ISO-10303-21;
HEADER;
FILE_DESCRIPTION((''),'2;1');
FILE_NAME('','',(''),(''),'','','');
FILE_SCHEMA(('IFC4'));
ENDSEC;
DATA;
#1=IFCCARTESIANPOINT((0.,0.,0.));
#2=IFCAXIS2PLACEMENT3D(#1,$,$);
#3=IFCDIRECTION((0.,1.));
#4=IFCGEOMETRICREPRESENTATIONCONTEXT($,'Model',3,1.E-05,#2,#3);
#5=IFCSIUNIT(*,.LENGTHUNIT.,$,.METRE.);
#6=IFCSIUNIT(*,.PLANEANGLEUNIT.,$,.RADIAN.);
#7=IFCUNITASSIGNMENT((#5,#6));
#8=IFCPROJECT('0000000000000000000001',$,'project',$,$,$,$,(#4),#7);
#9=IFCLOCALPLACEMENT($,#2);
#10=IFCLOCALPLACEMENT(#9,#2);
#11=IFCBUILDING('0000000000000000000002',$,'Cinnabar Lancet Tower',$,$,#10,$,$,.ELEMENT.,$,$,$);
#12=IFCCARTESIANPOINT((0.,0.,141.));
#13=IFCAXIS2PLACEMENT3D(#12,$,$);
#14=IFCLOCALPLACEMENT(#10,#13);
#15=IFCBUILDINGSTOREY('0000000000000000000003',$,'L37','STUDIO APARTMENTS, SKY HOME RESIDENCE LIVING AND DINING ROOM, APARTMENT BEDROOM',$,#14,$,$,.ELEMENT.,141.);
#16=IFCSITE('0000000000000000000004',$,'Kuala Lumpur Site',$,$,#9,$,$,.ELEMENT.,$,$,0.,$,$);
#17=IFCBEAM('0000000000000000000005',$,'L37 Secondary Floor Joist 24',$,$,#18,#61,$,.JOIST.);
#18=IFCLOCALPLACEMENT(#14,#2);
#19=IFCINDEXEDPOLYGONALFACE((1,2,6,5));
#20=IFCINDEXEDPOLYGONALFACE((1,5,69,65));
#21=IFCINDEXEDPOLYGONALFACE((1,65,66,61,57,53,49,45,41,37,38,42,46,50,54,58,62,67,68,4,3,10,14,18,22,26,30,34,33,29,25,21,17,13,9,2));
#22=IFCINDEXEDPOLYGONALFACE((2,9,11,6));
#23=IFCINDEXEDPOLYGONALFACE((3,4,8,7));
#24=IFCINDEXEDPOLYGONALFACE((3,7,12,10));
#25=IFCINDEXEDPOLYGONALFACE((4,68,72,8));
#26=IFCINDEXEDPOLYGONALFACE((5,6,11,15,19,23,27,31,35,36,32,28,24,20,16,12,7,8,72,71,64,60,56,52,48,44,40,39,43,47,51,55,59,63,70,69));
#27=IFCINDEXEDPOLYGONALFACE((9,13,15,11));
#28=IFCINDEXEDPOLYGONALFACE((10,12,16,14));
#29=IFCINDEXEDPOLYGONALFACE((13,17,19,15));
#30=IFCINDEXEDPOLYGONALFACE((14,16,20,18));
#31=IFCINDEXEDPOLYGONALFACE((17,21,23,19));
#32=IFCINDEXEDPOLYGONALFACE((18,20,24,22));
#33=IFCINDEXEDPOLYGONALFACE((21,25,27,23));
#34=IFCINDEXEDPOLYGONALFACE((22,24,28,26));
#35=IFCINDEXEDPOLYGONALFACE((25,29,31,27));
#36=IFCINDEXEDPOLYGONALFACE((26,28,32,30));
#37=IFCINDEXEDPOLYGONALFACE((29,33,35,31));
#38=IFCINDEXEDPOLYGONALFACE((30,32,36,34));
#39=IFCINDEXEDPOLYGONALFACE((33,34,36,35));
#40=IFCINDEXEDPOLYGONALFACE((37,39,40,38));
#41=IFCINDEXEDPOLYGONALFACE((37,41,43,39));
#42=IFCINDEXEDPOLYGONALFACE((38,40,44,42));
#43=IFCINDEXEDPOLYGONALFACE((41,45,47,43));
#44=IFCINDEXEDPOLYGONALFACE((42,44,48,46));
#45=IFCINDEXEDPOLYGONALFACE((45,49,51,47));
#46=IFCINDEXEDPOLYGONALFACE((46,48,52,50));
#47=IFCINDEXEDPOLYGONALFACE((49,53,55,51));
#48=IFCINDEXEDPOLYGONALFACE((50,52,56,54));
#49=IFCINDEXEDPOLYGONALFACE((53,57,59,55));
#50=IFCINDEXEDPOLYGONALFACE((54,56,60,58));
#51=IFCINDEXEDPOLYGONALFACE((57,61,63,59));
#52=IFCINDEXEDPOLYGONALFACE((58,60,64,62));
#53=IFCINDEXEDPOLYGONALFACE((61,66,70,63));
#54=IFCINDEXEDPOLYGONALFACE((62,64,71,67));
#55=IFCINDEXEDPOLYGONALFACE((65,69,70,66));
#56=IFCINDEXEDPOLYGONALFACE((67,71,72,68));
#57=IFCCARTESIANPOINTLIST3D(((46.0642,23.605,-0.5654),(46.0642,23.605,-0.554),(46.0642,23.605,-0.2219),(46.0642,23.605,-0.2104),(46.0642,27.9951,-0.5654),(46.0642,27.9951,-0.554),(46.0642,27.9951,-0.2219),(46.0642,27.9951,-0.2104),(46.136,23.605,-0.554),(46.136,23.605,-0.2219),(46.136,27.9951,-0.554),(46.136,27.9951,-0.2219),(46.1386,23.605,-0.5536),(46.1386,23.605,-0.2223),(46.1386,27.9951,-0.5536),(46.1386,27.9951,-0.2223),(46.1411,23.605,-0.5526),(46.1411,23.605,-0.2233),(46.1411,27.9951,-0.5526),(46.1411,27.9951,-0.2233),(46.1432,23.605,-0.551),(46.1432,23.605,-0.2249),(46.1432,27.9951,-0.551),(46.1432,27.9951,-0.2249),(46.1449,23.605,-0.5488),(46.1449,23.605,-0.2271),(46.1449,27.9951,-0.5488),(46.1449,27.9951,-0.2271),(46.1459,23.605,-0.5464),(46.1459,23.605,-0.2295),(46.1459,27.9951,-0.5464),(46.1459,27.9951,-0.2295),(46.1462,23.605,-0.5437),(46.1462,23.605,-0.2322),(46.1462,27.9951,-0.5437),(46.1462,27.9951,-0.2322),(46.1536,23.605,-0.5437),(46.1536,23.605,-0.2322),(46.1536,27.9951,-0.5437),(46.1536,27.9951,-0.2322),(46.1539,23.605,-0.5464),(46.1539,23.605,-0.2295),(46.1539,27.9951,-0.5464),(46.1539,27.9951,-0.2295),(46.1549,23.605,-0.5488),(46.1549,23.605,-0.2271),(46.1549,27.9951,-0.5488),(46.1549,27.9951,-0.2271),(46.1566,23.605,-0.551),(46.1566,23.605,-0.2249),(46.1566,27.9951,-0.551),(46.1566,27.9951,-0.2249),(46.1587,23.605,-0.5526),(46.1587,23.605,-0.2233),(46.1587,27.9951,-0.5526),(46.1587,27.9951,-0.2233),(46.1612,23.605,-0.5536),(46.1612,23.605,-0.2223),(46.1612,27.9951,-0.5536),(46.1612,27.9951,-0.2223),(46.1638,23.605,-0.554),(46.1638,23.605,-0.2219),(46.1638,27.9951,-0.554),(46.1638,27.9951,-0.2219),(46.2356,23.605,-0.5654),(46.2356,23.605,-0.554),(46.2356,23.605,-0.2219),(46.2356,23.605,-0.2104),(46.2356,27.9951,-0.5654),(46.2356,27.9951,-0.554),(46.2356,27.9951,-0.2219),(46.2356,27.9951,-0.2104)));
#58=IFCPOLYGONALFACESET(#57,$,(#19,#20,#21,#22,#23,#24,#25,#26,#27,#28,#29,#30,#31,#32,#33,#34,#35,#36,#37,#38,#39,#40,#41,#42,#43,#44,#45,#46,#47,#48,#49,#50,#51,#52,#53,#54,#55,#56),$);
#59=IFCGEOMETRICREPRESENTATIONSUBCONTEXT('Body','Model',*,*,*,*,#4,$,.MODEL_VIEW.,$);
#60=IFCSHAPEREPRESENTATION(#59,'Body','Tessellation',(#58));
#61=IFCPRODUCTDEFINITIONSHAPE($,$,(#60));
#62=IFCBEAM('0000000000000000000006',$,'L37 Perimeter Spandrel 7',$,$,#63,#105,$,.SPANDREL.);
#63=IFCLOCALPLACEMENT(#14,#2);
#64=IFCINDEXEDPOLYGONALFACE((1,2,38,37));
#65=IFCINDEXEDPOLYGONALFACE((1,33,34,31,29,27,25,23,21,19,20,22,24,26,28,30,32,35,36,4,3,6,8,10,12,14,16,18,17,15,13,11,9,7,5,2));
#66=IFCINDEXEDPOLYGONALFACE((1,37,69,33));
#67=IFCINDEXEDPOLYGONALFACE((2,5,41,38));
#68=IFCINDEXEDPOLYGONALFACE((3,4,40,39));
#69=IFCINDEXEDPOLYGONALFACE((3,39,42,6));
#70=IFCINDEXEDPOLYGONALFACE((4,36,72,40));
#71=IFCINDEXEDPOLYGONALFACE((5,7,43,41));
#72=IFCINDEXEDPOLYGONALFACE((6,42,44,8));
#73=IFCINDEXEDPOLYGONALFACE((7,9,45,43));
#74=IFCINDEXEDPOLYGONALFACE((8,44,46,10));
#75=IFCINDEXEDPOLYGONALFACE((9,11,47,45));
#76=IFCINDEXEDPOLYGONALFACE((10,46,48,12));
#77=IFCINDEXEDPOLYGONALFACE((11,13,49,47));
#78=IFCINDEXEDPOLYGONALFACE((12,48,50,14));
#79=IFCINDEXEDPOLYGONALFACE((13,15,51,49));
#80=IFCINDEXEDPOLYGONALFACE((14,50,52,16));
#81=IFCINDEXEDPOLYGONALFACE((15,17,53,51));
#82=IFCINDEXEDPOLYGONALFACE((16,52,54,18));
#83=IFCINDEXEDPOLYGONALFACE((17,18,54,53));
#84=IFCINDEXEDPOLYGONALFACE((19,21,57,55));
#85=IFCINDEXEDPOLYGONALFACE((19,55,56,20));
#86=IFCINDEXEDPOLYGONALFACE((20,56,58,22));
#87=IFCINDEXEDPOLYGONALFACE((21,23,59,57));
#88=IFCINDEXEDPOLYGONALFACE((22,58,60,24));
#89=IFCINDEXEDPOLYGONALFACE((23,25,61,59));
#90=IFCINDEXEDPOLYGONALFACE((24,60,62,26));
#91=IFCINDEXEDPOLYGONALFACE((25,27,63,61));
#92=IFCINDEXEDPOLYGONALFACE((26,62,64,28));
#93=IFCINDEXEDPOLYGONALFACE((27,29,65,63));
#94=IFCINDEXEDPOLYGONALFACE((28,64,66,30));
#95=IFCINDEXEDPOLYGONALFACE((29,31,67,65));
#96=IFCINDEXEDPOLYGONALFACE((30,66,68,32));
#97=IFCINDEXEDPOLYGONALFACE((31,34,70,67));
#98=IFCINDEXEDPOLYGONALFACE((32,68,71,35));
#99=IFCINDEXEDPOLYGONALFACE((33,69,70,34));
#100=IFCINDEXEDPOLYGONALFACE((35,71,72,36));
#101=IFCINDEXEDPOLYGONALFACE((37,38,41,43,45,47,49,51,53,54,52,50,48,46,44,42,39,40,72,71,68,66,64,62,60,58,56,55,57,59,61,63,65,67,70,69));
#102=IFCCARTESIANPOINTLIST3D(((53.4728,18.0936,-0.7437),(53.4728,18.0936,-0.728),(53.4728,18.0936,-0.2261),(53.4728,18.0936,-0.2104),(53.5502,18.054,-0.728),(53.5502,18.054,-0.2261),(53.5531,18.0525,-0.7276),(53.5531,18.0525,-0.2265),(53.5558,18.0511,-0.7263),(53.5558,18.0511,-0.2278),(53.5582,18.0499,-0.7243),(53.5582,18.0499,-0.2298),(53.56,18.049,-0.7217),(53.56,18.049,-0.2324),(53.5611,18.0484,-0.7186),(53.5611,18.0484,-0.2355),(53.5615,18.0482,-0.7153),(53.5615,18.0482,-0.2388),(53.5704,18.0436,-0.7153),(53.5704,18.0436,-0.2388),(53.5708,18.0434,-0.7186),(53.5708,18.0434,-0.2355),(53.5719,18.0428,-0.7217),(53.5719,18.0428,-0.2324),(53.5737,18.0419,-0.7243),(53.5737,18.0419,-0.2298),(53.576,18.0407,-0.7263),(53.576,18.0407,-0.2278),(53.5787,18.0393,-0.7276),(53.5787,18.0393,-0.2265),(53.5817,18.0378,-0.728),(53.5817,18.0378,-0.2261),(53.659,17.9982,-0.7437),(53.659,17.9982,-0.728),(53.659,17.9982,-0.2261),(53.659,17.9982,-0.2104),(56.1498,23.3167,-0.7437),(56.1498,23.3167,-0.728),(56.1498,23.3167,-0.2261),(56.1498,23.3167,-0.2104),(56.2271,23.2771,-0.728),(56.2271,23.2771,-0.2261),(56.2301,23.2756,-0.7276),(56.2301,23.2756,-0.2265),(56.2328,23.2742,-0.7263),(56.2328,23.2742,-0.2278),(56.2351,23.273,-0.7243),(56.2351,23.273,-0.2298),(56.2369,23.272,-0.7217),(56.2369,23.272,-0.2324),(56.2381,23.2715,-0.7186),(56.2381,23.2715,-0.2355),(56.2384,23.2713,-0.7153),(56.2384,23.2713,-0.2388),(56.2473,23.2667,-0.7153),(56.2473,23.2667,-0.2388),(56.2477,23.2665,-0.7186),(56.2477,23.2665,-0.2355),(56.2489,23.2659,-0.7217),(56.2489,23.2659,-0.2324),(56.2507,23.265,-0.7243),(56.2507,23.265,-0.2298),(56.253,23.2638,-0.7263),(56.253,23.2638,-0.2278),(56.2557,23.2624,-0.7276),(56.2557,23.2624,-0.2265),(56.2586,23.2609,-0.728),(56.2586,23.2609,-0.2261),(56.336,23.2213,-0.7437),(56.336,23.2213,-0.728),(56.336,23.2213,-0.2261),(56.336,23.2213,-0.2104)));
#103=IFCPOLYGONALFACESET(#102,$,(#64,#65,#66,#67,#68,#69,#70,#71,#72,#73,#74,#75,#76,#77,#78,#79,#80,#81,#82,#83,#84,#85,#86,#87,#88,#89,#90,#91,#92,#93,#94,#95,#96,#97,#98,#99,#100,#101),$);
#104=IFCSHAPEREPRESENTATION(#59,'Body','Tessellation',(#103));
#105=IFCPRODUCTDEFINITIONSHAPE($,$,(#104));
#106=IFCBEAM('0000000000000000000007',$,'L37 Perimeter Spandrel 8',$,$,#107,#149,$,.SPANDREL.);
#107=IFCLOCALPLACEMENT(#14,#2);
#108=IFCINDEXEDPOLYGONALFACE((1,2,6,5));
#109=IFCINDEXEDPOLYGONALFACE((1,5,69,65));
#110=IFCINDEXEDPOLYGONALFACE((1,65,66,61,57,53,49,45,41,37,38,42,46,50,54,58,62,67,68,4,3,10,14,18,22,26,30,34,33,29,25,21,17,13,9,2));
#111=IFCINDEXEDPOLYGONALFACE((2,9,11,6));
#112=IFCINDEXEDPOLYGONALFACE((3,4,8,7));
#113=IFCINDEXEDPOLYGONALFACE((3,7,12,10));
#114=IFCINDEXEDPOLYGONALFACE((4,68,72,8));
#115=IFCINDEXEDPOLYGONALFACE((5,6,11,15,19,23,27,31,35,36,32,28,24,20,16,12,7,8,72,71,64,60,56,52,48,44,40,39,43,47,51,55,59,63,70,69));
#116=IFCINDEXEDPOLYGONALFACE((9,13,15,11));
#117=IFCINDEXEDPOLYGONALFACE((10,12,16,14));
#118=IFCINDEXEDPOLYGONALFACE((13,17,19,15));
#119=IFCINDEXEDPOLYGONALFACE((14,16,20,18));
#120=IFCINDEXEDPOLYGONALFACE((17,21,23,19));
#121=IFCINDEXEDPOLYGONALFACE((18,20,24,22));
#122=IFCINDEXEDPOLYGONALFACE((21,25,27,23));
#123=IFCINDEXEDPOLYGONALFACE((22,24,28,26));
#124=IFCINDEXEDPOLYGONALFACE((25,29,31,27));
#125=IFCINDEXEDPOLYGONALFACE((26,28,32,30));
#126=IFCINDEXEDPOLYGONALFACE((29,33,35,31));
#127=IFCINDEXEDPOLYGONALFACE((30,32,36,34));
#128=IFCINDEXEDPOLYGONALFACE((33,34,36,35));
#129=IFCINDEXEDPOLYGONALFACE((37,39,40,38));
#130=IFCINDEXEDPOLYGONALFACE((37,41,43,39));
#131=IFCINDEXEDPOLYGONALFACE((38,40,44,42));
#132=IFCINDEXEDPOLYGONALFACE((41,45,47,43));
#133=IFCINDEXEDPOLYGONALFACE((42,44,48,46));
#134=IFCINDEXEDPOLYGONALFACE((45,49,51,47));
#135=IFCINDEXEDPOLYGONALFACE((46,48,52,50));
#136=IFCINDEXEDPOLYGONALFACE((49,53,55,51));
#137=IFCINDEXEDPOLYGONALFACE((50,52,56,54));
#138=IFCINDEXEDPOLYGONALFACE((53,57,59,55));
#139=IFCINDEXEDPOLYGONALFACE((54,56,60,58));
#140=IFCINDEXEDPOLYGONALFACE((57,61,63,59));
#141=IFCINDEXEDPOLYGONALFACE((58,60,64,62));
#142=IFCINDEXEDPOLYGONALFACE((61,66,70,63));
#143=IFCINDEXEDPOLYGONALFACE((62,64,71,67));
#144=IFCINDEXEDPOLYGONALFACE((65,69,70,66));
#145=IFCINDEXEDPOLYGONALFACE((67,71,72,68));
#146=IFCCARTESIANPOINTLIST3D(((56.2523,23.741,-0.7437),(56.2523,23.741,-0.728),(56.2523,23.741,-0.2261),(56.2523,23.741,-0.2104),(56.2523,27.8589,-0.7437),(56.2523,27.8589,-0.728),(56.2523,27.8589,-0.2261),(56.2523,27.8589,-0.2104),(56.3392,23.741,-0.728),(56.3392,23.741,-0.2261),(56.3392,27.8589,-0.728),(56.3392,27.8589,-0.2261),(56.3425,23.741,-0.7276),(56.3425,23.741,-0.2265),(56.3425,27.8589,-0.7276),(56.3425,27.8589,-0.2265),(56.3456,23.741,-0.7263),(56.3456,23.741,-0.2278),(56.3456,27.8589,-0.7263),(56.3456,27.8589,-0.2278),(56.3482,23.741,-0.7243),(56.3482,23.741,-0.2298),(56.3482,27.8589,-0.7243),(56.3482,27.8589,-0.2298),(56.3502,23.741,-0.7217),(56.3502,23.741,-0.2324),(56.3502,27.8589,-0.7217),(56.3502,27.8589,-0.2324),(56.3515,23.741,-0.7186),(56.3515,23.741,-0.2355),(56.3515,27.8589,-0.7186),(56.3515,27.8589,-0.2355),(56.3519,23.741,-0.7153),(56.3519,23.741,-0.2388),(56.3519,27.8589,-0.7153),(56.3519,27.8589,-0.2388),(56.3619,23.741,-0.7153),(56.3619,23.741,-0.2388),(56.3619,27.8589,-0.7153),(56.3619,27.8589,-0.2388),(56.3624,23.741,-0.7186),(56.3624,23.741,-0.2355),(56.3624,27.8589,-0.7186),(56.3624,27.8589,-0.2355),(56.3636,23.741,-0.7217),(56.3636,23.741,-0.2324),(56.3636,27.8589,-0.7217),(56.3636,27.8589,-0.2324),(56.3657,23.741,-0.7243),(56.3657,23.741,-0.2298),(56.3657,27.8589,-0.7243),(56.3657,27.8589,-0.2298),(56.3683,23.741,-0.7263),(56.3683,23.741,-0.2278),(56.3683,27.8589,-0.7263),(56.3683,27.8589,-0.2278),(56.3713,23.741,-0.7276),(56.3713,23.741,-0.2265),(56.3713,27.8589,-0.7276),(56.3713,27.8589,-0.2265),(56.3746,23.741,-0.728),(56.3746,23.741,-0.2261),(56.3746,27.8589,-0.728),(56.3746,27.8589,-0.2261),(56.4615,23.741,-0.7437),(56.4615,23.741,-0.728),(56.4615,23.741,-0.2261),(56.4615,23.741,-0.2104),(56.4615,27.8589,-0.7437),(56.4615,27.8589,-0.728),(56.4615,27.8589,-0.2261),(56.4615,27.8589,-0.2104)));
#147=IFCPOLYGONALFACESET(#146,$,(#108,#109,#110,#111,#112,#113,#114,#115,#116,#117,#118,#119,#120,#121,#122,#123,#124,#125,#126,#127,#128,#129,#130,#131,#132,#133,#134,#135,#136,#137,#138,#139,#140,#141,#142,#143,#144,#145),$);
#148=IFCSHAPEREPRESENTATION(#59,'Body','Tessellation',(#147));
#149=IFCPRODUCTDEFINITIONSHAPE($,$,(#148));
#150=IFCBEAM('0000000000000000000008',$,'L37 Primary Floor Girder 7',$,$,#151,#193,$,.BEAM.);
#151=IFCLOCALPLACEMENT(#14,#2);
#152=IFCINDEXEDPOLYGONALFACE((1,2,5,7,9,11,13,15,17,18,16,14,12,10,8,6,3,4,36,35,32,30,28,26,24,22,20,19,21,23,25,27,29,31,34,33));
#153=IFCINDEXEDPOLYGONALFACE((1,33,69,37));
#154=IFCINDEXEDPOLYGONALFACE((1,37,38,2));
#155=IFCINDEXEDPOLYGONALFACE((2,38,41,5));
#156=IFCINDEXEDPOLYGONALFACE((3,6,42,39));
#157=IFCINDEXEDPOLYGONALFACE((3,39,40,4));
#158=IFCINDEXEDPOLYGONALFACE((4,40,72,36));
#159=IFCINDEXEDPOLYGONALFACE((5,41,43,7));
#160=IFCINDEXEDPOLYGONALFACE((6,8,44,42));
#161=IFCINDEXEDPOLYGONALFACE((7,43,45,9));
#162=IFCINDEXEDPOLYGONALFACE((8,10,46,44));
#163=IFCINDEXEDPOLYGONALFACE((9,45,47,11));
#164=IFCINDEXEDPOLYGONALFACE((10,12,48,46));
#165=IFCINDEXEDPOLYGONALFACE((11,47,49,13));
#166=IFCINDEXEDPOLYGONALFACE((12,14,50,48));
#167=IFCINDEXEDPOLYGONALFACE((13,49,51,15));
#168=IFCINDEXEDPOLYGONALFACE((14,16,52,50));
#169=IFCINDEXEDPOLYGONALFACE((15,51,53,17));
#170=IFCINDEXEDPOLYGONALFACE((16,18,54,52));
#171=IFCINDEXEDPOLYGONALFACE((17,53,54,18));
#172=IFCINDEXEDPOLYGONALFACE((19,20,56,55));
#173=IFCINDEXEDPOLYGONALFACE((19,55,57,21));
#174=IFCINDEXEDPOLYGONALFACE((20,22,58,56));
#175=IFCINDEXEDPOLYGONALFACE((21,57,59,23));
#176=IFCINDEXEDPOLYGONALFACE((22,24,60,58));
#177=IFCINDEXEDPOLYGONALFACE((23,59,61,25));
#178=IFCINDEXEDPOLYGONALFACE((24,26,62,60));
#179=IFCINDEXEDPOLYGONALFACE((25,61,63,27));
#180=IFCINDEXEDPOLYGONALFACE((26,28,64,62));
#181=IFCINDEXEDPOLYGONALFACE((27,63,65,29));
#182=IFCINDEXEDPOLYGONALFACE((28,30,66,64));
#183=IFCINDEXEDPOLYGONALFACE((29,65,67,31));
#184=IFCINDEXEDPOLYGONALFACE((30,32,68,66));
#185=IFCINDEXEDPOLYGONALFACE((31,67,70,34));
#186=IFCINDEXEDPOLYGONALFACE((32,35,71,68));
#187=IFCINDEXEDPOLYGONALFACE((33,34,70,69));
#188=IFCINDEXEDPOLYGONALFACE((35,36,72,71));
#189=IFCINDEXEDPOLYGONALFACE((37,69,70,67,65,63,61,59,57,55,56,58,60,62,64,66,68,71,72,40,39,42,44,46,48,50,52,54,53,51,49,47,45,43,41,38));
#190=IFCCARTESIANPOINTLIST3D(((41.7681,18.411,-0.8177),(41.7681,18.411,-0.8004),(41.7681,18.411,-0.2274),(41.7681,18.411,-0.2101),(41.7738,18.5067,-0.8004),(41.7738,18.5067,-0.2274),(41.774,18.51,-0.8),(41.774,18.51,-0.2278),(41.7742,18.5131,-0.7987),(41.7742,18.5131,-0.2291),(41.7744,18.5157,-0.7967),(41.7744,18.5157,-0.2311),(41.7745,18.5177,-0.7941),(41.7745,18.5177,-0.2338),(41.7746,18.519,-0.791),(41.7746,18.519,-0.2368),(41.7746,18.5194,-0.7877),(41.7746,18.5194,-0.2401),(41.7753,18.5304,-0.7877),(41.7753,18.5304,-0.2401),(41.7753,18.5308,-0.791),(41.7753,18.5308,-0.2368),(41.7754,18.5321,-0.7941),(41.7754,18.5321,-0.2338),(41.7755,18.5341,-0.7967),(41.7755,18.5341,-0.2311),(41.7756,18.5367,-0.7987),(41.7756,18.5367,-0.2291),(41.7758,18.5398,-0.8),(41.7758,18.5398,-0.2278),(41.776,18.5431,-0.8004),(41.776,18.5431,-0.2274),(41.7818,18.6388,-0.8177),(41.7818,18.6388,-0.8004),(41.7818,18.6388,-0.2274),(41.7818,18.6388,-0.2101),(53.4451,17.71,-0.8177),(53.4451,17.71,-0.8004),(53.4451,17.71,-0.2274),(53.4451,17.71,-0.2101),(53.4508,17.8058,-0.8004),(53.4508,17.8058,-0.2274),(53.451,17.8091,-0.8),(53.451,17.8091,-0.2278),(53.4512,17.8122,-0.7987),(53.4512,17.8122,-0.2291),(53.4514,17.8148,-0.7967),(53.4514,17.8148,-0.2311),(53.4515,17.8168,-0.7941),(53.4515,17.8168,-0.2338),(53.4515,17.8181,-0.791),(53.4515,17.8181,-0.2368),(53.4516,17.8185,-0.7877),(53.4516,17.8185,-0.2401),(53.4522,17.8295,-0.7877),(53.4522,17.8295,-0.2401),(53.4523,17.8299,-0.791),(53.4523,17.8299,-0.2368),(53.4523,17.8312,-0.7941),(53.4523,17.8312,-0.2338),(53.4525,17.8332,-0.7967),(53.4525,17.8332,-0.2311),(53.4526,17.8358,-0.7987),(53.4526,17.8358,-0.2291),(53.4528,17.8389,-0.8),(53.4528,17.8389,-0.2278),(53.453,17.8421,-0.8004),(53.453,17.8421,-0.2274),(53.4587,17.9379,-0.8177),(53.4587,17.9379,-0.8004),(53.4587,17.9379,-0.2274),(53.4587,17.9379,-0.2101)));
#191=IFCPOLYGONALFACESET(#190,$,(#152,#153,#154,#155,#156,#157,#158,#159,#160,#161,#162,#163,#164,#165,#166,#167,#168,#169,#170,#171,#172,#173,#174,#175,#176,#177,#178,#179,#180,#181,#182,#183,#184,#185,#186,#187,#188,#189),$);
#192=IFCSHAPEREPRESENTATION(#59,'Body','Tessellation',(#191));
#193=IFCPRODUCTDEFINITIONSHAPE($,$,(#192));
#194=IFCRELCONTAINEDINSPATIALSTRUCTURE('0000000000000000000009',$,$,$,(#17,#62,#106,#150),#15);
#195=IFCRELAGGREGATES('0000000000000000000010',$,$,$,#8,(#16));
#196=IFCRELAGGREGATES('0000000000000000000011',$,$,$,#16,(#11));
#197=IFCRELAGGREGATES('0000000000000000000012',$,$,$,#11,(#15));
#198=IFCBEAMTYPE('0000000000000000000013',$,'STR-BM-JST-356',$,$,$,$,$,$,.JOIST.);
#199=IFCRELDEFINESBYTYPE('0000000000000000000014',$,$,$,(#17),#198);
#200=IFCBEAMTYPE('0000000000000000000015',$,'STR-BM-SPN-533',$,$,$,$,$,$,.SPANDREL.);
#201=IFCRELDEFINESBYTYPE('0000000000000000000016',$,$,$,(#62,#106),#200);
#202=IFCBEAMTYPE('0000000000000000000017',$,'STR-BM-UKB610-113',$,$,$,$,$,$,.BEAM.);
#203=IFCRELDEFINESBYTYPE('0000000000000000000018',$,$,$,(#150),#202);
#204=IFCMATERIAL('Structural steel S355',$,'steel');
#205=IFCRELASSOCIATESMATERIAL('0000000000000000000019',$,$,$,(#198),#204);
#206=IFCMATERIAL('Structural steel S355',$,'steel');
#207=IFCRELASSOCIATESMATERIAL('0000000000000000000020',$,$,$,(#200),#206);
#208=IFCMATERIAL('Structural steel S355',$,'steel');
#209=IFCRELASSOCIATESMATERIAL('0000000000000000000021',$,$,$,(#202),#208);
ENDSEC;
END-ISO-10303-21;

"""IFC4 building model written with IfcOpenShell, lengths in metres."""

from ifc_helpers import new_model, si_unit, direction, frame, origin, origin_2d, place, context, subcontext, project, spatial, i_section, extrude, material, material_profile, profile_set, type_object, element, save


model = new_model("IFC4")

# Units and contexts
model_context = context("Model", 3, precision=1e-05, world=origin(), true_north=direction((0.0, 1.0)))
body_context = subcontext(model_context, "Body", "Model", "MODEL_VIEW")
ifc_project = project(units=[si_unit("LENGTHUNIT", "METRE"), si_unit("PLANEANGLEUNIT", "RADIAN")], contexts=[model_context])

# Site, building, storey
site_placement = place(None, origin())
site = spatial("IfcSite", under=ifc_project, at=site_placement, Name="Kuala Lumpur Site", CompositionType="ELEMENT", RefElevation=0.0)
building_placement = place(site_placement, origin())
building = spatial("IfcBuilding", under=site, at=building_placement, Name="Cinnabar Lancet Tower", CompositionType="ELEMENT")
storey_placement = place(building_placement, frame((0.0, 0.0, 141.0)))
storey = spatial("IfcBuildingStorey", under=building, at=storey_placement, Name="L37", Description="STUDIO APARTMENTS, SKY HOME RESIDENCE LIVING AND DINING ROOM, APARTMENT BEDROOM", CompositionType="ELEMENT", Elevation=141.0)

# Beams
ifc_material_1 = material(Name="Structural steel S355", Category="steel")
ifc_material_profile_1 = material_profile(ifc_material_1, i_section(OverallWidth=0.1714, OverallDepth=0.355, WebThickness=0.0073, FlangeThickness=0.0115, FilletRadius=0.0103, at=origin_2d()), Name="UKB 356x171x51")
ifc_profile_set_1 = profile_set([ifc_material_profile_1], Name="Structural steel S355")
beam_type_1 = type_object("IfcBeamType", Name="STR-BM-JST-356", PredefinedType="JOIST", material=ifc_profile_set_1)
for number, where, z_axis, x_axis, name in (
    (1, (46.1499, 23.605, -0.3879), (0.0, 1.0, 0.0), (-1.0, 0.0, 0.0), "L37 Secondary Floor Joist 24"),
):
    element("IfcBeam", number, at=place(storey_placement, frame(where, z_axis=z_axis, x_axis=x_axis)), inside=storey, type_object=beam_type_1, Name=name, PredefinedType="JOIST", context=body_context, shape_type="SweptSolid", body=[
        extrude(i_section(OverallWidth=0.1714, OverallDepth=0.355, WebThickness=0.0073, FlangeThickness=0.0115, FilletRadius=0.0103, at=origin_2d()), origin(), (0.0, 0.0, 1.0), 4.3901),
    ])
ifc_material_2 = material(Name="Structural steel S355", Category="steel")
ifc_material_profile_2 = material_profile(ifc_material_2, i_section(OverallWidth=0.2092, OverallDepth=0.5332, WebThickness=0.01, FlangeThickness=0.0156, FilletRadius=0.0127, at=origin_2d()), Name="UKB 533x210x92")
ifc_profile_set_2 = profile_set([ifc_material_profile_2], Name="Structural steel S355")
beam_type_2 = type_object("IfcBeamType", Name="STR-BM-SPN-533", PredefinedType="SPANDREL", material=ifc_profile_set_2)
beam_1_placement = place(storey_placement, frame((53.5659, 18.0459, -0.4771), z_axis=(0.45611, 0.889924, 0.0), x_axis=(-0.889924, 0.45611, 0.0)))
element("IfcBeam", 2, at=beam_1_placement, inside=storey, type_object=beam_type_2, Name="L37 Perimeter Spandrel 7", PredefinedType="SPANDREL", context=body_context, shape_type="SweptSolid", body=[
    extrude(i_section(OverallWidth=0.2092, OverallDepth=0.5332, WebThickness=0.01, FlangeThickness=0.0156, FilletRadius=0.0127, at=origin_2d()), origin(), (0.0, 0.0, 1.0), 5.8691),
])
beam_2_placement = place(storey_placement, frame((56.3569, 23.741, -0.4771), z_axis=(0.0, 1.0, 0.0), x_axis=(-1.0, 0.0, 0.0)))
element("IfcBeam", 3, at=beam_2_placement, inside=storey, type_object=beam_type_2, Name="L37 Perimeter Spandrel 8", PredefinedType="SPANDREL", context=body_context, shape_type="SweptSolid", body=[
    extrude(i_section(OverallWidth=0.2092, OverallDepth=0.5332, WebThickness=0.01, FlangeThickness=0.0156, FilletRadius=0.0127, at=origin_2d()), origin(), (0.0, 0.0, 1.0), 4.1179),
])
ifc_material_3 = material(Name="Structural steel S355", Category="steel")
ifc_material_profile_3 = material_profile(ifc_material_3, i_section(OverallWidth=0.2283, OverallDepth=0.6077, WebThickness=0.011, FlangeThickness=0.0173, FilletRadius=0.0127, at=origin_2d()), Name="UKB 610x229x113")
ifc_profile_set_3 = profile_set([ifc_material_profile_3], Name="Structural steel S355")
beam_type_3 = type_object("IfcBeamType", Name="STR-BM-UKB610-113", PredefinedType="BEAM", material=ifc_profile_set_3)
beam_3_placement = place(storey_placement, frame((53.4519, 17.824, -0.5139), z_axis=(-0.998203, 0.059918, 0.0), x_axis=(-0.059918, -0.998203, 0.0)))
element("IfcBeam", 4, at=beam_3_placement, inside=storey, type_object=beam_type_3, Name="L37 Primary Floor Girder 7", PredefinedType="BEAM", context=body_context, shape_type="SweptSolid", body=[
    extrude(i_section(OverallWidth=0.2283, OverallDepth=0.6077, WebThickness=0.011, FlangeThickness=0.0173, FilletRadius=0.0127, at=origin_2d()), origin(), (0.0, 0.0, 1.0), 11.698),
])

save(model, "model.ifc")
